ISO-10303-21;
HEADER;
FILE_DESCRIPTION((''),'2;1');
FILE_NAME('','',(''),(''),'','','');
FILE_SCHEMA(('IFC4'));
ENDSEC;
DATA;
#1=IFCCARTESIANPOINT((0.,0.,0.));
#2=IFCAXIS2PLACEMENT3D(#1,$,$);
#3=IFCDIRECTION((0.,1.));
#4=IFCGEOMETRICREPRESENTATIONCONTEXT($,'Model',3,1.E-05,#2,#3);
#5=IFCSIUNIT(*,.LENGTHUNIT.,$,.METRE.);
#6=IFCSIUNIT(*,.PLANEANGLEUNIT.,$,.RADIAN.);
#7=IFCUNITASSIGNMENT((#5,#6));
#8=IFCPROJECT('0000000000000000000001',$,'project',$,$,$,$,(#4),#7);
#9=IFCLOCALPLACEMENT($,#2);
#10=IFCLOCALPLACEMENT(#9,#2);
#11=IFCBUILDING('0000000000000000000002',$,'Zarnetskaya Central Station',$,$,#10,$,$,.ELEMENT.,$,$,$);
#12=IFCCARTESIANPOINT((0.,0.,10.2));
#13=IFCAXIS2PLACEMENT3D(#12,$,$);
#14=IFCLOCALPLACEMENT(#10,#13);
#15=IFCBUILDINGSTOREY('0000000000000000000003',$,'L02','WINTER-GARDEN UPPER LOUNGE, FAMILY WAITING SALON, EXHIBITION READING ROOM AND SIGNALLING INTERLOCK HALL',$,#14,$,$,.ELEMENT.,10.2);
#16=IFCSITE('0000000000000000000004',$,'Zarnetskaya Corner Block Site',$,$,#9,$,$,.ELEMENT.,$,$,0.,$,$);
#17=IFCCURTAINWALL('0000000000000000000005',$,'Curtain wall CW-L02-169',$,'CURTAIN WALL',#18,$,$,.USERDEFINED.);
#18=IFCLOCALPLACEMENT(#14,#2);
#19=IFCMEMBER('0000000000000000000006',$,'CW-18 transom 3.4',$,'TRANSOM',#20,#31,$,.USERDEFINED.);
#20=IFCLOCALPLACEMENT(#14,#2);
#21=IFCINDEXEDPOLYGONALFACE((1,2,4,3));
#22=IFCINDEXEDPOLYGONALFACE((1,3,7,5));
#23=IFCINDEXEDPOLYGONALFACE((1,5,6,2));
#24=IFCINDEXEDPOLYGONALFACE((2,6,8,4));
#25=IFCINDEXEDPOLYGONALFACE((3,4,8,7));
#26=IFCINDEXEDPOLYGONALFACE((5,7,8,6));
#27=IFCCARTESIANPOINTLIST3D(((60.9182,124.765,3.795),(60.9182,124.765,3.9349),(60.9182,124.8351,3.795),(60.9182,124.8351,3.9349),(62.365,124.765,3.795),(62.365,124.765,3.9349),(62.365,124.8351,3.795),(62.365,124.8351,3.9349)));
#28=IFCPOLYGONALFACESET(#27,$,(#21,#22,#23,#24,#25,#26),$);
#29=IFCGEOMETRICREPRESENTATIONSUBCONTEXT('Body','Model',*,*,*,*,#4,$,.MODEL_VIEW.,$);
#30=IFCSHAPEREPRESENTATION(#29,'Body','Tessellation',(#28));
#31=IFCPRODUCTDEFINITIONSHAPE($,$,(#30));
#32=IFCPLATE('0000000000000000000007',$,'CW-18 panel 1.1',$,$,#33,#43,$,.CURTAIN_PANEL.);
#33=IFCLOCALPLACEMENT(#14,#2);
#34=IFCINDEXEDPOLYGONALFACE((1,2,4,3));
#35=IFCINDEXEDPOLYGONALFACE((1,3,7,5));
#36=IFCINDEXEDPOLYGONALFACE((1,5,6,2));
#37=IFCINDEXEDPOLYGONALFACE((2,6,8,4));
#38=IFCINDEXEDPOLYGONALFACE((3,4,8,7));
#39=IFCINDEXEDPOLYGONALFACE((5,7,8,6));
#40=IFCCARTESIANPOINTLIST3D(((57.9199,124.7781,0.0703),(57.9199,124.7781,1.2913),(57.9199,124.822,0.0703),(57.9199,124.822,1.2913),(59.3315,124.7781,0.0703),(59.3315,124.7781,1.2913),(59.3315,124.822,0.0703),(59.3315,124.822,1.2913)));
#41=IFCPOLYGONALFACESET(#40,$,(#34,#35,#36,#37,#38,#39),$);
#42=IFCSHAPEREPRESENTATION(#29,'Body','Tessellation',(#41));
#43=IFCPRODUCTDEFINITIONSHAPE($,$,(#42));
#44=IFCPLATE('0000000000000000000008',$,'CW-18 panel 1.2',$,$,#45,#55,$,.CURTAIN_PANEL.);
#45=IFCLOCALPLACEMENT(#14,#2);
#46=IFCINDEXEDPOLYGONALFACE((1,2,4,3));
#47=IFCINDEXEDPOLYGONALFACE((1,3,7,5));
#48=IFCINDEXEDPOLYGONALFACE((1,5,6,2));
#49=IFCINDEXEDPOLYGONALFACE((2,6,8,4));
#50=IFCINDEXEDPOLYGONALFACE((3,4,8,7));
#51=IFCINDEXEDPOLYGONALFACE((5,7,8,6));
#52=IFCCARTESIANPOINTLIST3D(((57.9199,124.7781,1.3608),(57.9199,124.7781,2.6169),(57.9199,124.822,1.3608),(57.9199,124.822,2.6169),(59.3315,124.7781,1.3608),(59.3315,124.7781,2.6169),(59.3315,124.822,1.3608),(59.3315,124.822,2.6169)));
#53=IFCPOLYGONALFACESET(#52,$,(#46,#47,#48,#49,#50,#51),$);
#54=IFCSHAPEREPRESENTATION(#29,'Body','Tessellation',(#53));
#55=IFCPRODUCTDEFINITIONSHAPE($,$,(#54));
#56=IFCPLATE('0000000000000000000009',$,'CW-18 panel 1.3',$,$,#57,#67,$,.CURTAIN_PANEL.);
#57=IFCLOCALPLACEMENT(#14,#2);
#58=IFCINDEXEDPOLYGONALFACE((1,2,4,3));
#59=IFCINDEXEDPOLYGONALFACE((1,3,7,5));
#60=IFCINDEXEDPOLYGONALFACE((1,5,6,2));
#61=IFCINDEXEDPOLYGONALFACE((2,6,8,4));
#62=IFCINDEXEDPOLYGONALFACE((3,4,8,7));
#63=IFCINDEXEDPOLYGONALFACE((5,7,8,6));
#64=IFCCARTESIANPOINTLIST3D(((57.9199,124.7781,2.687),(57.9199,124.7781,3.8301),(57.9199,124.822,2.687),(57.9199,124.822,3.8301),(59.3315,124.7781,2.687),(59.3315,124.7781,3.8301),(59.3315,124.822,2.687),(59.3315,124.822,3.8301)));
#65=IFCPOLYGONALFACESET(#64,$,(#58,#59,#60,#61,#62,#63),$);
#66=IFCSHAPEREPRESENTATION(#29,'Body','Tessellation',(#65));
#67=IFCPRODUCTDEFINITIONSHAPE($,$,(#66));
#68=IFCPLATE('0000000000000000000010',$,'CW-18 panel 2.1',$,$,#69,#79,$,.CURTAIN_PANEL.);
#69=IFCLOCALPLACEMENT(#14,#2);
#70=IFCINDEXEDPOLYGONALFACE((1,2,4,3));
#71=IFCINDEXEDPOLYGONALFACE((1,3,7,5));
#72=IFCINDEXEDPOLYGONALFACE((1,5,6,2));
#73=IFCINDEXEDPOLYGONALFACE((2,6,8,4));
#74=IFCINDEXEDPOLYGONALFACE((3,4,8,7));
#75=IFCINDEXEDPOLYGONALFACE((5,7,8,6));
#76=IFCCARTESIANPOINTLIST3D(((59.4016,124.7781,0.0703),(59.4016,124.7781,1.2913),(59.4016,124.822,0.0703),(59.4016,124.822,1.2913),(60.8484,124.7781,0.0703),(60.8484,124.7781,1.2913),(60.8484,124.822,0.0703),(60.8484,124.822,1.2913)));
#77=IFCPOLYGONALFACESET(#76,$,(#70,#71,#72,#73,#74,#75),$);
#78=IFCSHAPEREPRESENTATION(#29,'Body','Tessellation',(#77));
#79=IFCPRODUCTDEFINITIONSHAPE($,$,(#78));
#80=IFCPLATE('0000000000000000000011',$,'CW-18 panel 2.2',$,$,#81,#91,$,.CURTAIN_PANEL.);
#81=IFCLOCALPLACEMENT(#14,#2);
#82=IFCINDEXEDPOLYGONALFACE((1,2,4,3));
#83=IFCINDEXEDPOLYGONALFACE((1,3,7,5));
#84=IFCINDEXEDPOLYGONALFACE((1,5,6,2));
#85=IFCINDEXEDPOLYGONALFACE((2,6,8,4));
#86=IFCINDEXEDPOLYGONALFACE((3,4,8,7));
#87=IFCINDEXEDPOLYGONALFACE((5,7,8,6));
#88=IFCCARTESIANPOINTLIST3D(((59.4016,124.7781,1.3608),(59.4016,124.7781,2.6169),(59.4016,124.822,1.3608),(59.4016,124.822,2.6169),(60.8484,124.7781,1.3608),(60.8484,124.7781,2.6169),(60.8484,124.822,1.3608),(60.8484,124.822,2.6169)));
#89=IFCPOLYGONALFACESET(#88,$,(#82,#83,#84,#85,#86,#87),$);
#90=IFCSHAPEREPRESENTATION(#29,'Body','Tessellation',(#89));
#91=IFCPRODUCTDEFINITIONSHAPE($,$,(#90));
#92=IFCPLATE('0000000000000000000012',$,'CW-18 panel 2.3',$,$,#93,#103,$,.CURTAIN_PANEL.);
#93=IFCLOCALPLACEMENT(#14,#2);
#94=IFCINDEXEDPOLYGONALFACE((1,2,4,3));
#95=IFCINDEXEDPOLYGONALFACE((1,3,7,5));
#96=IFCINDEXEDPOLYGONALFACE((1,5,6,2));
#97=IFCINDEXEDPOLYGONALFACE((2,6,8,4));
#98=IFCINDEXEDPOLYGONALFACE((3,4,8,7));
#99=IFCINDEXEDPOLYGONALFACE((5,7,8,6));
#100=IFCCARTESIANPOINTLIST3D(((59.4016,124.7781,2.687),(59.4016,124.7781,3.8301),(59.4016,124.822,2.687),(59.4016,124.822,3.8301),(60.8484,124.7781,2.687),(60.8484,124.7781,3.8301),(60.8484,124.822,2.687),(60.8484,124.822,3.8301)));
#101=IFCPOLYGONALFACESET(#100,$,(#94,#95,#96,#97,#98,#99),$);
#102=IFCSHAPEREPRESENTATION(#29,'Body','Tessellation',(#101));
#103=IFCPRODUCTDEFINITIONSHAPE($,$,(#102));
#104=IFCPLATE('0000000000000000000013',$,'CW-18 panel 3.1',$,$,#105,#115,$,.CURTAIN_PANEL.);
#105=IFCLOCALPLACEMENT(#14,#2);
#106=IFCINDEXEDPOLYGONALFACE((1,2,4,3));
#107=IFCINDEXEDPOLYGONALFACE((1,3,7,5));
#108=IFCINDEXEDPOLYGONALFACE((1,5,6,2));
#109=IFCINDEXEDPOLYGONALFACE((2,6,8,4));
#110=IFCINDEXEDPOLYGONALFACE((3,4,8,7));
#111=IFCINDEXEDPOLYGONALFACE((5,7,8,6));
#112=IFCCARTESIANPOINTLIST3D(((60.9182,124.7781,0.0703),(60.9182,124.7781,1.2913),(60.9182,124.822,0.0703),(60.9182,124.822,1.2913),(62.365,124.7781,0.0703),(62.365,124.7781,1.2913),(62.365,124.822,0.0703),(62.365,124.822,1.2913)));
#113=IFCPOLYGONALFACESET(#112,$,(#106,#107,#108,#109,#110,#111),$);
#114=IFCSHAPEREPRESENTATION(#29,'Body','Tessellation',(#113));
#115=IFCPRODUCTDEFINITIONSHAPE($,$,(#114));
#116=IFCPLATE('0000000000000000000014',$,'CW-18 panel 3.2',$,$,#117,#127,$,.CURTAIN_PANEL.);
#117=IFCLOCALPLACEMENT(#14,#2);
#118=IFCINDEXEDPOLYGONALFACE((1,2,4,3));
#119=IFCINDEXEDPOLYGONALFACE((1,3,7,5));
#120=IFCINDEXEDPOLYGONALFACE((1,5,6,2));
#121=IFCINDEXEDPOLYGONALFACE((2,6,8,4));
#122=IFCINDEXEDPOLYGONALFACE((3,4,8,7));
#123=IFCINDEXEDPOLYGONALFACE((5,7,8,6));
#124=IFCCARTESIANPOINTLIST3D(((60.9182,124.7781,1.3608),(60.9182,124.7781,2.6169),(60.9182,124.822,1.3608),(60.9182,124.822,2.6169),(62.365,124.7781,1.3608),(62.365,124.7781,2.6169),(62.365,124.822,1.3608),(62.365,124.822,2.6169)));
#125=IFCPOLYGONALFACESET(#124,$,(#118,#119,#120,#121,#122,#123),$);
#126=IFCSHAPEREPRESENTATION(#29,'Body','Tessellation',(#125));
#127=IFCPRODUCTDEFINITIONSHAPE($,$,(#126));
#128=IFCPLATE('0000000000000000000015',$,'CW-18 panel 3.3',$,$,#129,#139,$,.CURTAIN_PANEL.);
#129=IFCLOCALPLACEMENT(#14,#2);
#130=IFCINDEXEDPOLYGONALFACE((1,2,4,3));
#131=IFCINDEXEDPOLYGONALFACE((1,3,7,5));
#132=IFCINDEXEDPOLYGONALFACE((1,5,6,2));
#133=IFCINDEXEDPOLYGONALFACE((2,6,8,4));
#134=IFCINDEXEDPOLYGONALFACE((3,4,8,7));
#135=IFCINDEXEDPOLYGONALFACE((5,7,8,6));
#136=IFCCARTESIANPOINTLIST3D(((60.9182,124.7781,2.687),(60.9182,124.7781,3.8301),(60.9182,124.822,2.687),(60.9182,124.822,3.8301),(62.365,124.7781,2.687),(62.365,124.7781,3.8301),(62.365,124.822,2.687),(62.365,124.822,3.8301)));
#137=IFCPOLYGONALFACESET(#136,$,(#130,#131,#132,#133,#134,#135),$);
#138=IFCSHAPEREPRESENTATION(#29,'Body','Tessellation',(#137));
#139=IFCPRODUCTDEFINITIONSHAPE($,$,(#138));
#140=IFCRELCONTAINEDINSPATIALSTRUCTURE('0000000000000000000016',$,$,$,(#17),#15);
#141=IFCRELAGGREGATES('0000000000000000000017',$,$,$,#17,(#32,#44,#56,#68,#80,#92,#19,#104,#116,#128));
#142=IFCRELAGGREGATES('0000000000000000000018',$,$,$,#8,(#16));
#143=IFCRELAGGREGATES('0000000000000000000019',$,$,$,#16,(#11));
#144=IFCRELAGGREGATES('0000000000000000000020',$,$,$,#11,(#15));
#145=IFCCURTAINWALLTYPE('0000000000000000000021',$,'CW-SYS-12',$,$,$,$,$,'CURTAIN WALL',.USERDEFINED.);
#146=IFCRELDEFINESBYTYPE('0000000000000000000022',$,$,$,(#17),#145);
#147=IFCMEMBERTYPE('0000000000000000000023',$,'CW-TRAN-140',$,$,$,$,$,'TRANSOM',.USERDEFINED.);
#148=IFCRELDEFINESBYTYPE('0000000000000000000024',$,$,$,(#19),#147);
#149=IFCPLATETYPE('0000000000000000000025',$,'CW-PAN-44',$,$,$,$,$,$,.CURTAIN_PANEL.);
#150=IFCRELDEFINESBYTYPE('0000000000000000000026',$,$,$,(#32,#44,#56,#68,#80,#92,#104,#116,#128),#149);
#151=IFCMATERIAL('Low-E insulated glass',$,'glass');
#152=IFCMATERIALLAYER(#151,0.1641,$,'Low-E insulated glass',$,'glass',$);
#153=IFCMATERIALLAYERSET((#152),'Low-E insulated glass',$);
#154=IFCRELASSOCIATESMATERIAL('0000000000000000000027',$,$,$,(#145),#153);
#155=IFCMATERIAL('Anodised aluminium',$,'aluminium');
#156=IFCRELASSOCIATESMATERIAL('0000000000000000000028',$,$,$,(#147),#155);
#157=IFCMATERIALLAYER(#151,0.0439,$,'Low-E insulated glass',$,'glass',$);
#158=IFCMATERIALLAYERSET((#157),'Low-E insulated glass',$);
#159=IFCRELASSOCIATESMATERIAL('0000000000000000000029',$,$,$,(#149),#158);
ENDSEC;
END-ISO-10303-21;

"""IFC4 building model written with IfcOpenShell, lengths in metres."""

from ifc_helpers import new_model, si_unit, direction, frame, origin, origin_2d, place, context, subcontext, project, spatial, rectangle, extrude, material, layer, layer_set, material_profile, profile_set, type_object, element, aggregate, save


model = new_model("IFC4")

# Units and contexts
model_context = context("Model", 3, precision=1e-05, world=origin(), true_north=direction((0.0, 1.0)))
body_context = subcontext(model_context, "Body", "Model", "MODEL_VIEW")
ifc_project = project(units=[si_unit("LENGTHUNIT", "METRE"), si_unit("PLANEANGLEUNIT", "RADIAN")], contexts=[model_context])

# Site, building, storey
site_placement = place(None, origin())
site = spatial("IfcSite", under=ifc_project, at=site_placement, Name="Zarnetskaya Corner Block Site", CompositionType="ELEMENT", RefElevation=0.0)
building_placement = place(site_placement, origin())
building = spatial("IfcBuilding", under=site, at=building_placement, Name="Zarnetskaya Central Station", CompositionType="ELEMENT")
storey_placement = place(building_placement, frame((0.0, 0.0, 10.2)))
storey = spatial("IfcBuildingStorey", under=building, at=storey_placement, Name="L02", Description="WINTER-GARDEN UPPER LOUNGE, FAMILY WAITING SALON, EXHIBITION READING ROOM AND SIGNALLING INTERLOCK HALL", CompositionType="ELEMENT", Elevation=10.2)

# Curtain wall, member, plates
ifc_material_1 = material(Name="Low-E insulated glass", Category="glass")
ifc_layer_1 = layer(ifc_material_1, 0.1641, Name="Low-E insulated glass", Category="glass")
ifc_layer_set_1 = layer_set([ifc_layer_1], Name="Low-E insulated glass")
curtain_wall_type = type_object("IfcCurtainWallType", Name="CW-SYS-12", ElementType="CURTAIN WALL", PredefinedType="USERDEFINED", material=ifc_layer_set_1)
curtain_wall_placement = place(storey_placement, origin())
curtain_wall = element("IfcCurtainWall", 1, at=curtain_wall_placement, inside=storey, type_object=curtain_wall_type, Name="Curtain wall CW-L02-169", ObjectType="CURTAIN WALL", PredefinedType="USERDEFINED")
ifc_material_2 = material(Name="Anodised aluminium", Category="aluminium")
ifc_material_profile_1 = material_profile(ifc_material_2, rectangle(XDim=0.0701, YDim=0.1399, at=origin_2d()), Name="ALU TRAN 70x140")
ifc_profile_set_1 = profile_set([ifc_material_profile_1], Name="Anodised aluminium")
member_type_1 = type_object("IfcMemberType", Name="CW-TRAN-140", ElementType="TRANSOM", PredefinedType="USERDEFINED", material=ifc_profile_set_1)
member_1_placement = place(storey_placement, frame((60.9182, 124.8, 3.865), z_axis=(1.0, 0.0, 0.0), x_axis=(0.0, 1.0, 0.0)))
member_1 = element("IfcMember", 2, at=member_1_placement, type_object=member_type_1, Name="CW-18 transom 3.4", ObjectType="TRANSOM", PredefinedType="USERDEFINED", context=body_context, shape_type="SweptSolid", body=[
    extrude(rectangle(XDim=0.0701, YDim=0.1399, at=origin_2d()), origin(), (0.0, 0.0, 1.0), 1.4468),
])
ifc_layer_2 = layer(ifc_material_1, 0.0439, Name="Low-E insulated glass", Category="glass")
ifc_layer_set_2 = layer_set([ifc_layer_2], Name="Low-E insulated glass")
plate_type = type_object("IfcPlateType", Name="CW-PAN-44", PredefinedType="CURTAIN_PANEL", material=ifc_layer_set_2)
plate_1_placement = place(storey_placement, frame((58.6257, 124.8, 0.0703), z_axis=(0.0, 0.0, 1.0), x_axis=(1.0, 0.0, 0.0)))
plate_1 = element("IfcPlate", 3, at=plate_1_placement, type_object=plate_type, Name="CW-18 panel 1.1", PredefinedType="CURTAIN_PANEL", context=body_context, shape_type="SweptSolid", body=[
    extrude(rectangle(XDim=1.4116, YDim=0.0439, at=origin_2d()), origin(), (0.0, 0.0, 1.0), 1.2209),
])
plate_2_placement = place(storey_placement, frame((58.6257, 124.8, 1.3608), z_axis=(0.0, 0.0, 1.0), x_axis=(1.0, 0.0, 0.0)))
plate_2 = element("IfcPlate", 4, at=plate_2_placement, type_object=plate_type, Name="CW-18 panel 1.2", PredefinedType="CURTAIN_PANEL", context=body_context, shape_type="SweptSolid", body=[
    extrude(rectangle(XDim=1.4116, YDim=0.0439, at=origin_2d()), origin(), (0.0, 0.0, 1.0), 1.2561),
])
plate_3_placement = place(storey_placement, frame((58.6257, 124.8, 2.687), z_axis=(0.0, 0.0, 1.0), x_axis=(1.0, 0.0, 0.0)))
plate_3 = element("IfcPlate", 5, at=plate_3_placement, type_object=plate_type, Name="CW-18 panel 1.3", PredefinedType="CURTAIN_PANEL", context=body_context, shape_type="SweptSolid", body=[
    extrude(rectangle(XDim=1.4116, YDim=0.0439, at=origin_2d()), origin(), (0.0, 0.0, 1.0), 1.1431),
])
plate_4_placement = place(storey_placement, frame((60.125, 124.8, 0.0703), z_axis=(0.0, 0.0, 1.0), x_axis=(1.0, 0.0, 0.0)))
plate_4 = element("IfcPlate", 6, at=plate_4_placement, type_object=plate_type, Name="CW-18 panel 2.1", PredefinedType="CURTAIN_PANEL", context=body_context, shape_type="SweptSolid", body=[
    extrude(rectangle(XDim=1.4468, YDim=0.0439, at=origin_2d()), origin(), (0.0, 0.0, 1.0), 1.2209),
])
plate_5_placement = place(storey_placement, frame((60.125, 124.8, 1.3608), z_axis=(0.0, 0.0, 1.0), x_axis=(1.0, 0.0, 0.0)))
plate_5 = element("IfcPlate", 7, at=plate_5_placement, type_object=plate_type, Name="CW-18 panel 2.2", PredefinedType="CURTAIN_PANEL", context=body_context, shape_type="SweptSolid", body=[
    extrude(rectangle(XDim=1.4468, YDim=0.0439, at=origin_2d()), origin(), (0.0, 0.0, 1.0), 1.2561),
])
plate_6_placement = place(storey_placement, frame((60.125, 124.8, 2.687), z_axis=(0.0, 0.0, 1.0), x_axis=(1.0, 0.0, 0.0)))
plate_6 = element("IfcPlate", 8, at=plate_6_placement, type_object=plate_type, Name="CW-18 panel 2.3", PredefinedType="CURTAIN_PANEL", context=body_context, shape_type="SweptSolid", body=[
    extrude(rectangle(XDim=1.4468, YDim=0.0439, at=origin_2d()), origin(), (0.0, 0.0, 1.0), 1.1431),
])
plate_7_placement = place(storey_placement, frame((61.6416, 124.8, 0.0703), z_axis=(0.0, 0.0, 1.0), x_axis=(1.0, 0.0, 0.0)))
plate_7 = element("IfcPlate", 9, at=plate_7_placement, type_object=plate_type, Name="CW-18 panel 3.1", PredefinedType="CURTAIN_PANEL", context=body_context, shape_type="SweptSolid", body=[
    extrude(rectangle(XDim=1.4468, YDim=0.0439, at=origin_2d()), origin(), (0.0, 0.0, 1.0), 1.2209),
])
plate_8_placement = place(storey_placement, frame((61.6416, 124.8, 1.3608), z_axis=(0.0, 0.0, 1.0), x_axis=(1.0, 0.0, 0.0)))
plate_8 = element("IfcPlate", 10, at=plate_8_placement, type_object=plate_type, Name="CW-18 panel 3.2", PredefinedType="CURTAIN_PANEL", context=body_context, shape_type="SweptSolid", body=[
    extrude(rectangle(XDim=1.4468, YDim=0.0439, at=origin_2d()), origin(), (0.0, 0.0, 1.0), 1.2561),
])
plate_9_placement = place(storey_placement, frame((61.6416, 124.8, 2.687), z_axis=(0.0, 0.0, 1.0), x_axis=(1.0, 0.0, 0.0)))
plate_9 = element("IfcPlate", 11, at=plate_9_placement, type_object=plate_type, Name="CW-18 panel 3.3", PredefinedType="CURTAIN_PANEL", context=body_context, shape_type="SweptSolid", body=[
    extrude(rectangle(XDim=1.4468, YDim=0.0439, at=origin_2d()), origin(), (0.0, 0.0, 1.0), 1.1431),
])
aggregate(curtain_wall, [plate_1, plate_2, plate_3, plate_4, plate_5, plate_6, member_1, plate_7, plate_8, plate_9])

save(model, "model.ifc")
